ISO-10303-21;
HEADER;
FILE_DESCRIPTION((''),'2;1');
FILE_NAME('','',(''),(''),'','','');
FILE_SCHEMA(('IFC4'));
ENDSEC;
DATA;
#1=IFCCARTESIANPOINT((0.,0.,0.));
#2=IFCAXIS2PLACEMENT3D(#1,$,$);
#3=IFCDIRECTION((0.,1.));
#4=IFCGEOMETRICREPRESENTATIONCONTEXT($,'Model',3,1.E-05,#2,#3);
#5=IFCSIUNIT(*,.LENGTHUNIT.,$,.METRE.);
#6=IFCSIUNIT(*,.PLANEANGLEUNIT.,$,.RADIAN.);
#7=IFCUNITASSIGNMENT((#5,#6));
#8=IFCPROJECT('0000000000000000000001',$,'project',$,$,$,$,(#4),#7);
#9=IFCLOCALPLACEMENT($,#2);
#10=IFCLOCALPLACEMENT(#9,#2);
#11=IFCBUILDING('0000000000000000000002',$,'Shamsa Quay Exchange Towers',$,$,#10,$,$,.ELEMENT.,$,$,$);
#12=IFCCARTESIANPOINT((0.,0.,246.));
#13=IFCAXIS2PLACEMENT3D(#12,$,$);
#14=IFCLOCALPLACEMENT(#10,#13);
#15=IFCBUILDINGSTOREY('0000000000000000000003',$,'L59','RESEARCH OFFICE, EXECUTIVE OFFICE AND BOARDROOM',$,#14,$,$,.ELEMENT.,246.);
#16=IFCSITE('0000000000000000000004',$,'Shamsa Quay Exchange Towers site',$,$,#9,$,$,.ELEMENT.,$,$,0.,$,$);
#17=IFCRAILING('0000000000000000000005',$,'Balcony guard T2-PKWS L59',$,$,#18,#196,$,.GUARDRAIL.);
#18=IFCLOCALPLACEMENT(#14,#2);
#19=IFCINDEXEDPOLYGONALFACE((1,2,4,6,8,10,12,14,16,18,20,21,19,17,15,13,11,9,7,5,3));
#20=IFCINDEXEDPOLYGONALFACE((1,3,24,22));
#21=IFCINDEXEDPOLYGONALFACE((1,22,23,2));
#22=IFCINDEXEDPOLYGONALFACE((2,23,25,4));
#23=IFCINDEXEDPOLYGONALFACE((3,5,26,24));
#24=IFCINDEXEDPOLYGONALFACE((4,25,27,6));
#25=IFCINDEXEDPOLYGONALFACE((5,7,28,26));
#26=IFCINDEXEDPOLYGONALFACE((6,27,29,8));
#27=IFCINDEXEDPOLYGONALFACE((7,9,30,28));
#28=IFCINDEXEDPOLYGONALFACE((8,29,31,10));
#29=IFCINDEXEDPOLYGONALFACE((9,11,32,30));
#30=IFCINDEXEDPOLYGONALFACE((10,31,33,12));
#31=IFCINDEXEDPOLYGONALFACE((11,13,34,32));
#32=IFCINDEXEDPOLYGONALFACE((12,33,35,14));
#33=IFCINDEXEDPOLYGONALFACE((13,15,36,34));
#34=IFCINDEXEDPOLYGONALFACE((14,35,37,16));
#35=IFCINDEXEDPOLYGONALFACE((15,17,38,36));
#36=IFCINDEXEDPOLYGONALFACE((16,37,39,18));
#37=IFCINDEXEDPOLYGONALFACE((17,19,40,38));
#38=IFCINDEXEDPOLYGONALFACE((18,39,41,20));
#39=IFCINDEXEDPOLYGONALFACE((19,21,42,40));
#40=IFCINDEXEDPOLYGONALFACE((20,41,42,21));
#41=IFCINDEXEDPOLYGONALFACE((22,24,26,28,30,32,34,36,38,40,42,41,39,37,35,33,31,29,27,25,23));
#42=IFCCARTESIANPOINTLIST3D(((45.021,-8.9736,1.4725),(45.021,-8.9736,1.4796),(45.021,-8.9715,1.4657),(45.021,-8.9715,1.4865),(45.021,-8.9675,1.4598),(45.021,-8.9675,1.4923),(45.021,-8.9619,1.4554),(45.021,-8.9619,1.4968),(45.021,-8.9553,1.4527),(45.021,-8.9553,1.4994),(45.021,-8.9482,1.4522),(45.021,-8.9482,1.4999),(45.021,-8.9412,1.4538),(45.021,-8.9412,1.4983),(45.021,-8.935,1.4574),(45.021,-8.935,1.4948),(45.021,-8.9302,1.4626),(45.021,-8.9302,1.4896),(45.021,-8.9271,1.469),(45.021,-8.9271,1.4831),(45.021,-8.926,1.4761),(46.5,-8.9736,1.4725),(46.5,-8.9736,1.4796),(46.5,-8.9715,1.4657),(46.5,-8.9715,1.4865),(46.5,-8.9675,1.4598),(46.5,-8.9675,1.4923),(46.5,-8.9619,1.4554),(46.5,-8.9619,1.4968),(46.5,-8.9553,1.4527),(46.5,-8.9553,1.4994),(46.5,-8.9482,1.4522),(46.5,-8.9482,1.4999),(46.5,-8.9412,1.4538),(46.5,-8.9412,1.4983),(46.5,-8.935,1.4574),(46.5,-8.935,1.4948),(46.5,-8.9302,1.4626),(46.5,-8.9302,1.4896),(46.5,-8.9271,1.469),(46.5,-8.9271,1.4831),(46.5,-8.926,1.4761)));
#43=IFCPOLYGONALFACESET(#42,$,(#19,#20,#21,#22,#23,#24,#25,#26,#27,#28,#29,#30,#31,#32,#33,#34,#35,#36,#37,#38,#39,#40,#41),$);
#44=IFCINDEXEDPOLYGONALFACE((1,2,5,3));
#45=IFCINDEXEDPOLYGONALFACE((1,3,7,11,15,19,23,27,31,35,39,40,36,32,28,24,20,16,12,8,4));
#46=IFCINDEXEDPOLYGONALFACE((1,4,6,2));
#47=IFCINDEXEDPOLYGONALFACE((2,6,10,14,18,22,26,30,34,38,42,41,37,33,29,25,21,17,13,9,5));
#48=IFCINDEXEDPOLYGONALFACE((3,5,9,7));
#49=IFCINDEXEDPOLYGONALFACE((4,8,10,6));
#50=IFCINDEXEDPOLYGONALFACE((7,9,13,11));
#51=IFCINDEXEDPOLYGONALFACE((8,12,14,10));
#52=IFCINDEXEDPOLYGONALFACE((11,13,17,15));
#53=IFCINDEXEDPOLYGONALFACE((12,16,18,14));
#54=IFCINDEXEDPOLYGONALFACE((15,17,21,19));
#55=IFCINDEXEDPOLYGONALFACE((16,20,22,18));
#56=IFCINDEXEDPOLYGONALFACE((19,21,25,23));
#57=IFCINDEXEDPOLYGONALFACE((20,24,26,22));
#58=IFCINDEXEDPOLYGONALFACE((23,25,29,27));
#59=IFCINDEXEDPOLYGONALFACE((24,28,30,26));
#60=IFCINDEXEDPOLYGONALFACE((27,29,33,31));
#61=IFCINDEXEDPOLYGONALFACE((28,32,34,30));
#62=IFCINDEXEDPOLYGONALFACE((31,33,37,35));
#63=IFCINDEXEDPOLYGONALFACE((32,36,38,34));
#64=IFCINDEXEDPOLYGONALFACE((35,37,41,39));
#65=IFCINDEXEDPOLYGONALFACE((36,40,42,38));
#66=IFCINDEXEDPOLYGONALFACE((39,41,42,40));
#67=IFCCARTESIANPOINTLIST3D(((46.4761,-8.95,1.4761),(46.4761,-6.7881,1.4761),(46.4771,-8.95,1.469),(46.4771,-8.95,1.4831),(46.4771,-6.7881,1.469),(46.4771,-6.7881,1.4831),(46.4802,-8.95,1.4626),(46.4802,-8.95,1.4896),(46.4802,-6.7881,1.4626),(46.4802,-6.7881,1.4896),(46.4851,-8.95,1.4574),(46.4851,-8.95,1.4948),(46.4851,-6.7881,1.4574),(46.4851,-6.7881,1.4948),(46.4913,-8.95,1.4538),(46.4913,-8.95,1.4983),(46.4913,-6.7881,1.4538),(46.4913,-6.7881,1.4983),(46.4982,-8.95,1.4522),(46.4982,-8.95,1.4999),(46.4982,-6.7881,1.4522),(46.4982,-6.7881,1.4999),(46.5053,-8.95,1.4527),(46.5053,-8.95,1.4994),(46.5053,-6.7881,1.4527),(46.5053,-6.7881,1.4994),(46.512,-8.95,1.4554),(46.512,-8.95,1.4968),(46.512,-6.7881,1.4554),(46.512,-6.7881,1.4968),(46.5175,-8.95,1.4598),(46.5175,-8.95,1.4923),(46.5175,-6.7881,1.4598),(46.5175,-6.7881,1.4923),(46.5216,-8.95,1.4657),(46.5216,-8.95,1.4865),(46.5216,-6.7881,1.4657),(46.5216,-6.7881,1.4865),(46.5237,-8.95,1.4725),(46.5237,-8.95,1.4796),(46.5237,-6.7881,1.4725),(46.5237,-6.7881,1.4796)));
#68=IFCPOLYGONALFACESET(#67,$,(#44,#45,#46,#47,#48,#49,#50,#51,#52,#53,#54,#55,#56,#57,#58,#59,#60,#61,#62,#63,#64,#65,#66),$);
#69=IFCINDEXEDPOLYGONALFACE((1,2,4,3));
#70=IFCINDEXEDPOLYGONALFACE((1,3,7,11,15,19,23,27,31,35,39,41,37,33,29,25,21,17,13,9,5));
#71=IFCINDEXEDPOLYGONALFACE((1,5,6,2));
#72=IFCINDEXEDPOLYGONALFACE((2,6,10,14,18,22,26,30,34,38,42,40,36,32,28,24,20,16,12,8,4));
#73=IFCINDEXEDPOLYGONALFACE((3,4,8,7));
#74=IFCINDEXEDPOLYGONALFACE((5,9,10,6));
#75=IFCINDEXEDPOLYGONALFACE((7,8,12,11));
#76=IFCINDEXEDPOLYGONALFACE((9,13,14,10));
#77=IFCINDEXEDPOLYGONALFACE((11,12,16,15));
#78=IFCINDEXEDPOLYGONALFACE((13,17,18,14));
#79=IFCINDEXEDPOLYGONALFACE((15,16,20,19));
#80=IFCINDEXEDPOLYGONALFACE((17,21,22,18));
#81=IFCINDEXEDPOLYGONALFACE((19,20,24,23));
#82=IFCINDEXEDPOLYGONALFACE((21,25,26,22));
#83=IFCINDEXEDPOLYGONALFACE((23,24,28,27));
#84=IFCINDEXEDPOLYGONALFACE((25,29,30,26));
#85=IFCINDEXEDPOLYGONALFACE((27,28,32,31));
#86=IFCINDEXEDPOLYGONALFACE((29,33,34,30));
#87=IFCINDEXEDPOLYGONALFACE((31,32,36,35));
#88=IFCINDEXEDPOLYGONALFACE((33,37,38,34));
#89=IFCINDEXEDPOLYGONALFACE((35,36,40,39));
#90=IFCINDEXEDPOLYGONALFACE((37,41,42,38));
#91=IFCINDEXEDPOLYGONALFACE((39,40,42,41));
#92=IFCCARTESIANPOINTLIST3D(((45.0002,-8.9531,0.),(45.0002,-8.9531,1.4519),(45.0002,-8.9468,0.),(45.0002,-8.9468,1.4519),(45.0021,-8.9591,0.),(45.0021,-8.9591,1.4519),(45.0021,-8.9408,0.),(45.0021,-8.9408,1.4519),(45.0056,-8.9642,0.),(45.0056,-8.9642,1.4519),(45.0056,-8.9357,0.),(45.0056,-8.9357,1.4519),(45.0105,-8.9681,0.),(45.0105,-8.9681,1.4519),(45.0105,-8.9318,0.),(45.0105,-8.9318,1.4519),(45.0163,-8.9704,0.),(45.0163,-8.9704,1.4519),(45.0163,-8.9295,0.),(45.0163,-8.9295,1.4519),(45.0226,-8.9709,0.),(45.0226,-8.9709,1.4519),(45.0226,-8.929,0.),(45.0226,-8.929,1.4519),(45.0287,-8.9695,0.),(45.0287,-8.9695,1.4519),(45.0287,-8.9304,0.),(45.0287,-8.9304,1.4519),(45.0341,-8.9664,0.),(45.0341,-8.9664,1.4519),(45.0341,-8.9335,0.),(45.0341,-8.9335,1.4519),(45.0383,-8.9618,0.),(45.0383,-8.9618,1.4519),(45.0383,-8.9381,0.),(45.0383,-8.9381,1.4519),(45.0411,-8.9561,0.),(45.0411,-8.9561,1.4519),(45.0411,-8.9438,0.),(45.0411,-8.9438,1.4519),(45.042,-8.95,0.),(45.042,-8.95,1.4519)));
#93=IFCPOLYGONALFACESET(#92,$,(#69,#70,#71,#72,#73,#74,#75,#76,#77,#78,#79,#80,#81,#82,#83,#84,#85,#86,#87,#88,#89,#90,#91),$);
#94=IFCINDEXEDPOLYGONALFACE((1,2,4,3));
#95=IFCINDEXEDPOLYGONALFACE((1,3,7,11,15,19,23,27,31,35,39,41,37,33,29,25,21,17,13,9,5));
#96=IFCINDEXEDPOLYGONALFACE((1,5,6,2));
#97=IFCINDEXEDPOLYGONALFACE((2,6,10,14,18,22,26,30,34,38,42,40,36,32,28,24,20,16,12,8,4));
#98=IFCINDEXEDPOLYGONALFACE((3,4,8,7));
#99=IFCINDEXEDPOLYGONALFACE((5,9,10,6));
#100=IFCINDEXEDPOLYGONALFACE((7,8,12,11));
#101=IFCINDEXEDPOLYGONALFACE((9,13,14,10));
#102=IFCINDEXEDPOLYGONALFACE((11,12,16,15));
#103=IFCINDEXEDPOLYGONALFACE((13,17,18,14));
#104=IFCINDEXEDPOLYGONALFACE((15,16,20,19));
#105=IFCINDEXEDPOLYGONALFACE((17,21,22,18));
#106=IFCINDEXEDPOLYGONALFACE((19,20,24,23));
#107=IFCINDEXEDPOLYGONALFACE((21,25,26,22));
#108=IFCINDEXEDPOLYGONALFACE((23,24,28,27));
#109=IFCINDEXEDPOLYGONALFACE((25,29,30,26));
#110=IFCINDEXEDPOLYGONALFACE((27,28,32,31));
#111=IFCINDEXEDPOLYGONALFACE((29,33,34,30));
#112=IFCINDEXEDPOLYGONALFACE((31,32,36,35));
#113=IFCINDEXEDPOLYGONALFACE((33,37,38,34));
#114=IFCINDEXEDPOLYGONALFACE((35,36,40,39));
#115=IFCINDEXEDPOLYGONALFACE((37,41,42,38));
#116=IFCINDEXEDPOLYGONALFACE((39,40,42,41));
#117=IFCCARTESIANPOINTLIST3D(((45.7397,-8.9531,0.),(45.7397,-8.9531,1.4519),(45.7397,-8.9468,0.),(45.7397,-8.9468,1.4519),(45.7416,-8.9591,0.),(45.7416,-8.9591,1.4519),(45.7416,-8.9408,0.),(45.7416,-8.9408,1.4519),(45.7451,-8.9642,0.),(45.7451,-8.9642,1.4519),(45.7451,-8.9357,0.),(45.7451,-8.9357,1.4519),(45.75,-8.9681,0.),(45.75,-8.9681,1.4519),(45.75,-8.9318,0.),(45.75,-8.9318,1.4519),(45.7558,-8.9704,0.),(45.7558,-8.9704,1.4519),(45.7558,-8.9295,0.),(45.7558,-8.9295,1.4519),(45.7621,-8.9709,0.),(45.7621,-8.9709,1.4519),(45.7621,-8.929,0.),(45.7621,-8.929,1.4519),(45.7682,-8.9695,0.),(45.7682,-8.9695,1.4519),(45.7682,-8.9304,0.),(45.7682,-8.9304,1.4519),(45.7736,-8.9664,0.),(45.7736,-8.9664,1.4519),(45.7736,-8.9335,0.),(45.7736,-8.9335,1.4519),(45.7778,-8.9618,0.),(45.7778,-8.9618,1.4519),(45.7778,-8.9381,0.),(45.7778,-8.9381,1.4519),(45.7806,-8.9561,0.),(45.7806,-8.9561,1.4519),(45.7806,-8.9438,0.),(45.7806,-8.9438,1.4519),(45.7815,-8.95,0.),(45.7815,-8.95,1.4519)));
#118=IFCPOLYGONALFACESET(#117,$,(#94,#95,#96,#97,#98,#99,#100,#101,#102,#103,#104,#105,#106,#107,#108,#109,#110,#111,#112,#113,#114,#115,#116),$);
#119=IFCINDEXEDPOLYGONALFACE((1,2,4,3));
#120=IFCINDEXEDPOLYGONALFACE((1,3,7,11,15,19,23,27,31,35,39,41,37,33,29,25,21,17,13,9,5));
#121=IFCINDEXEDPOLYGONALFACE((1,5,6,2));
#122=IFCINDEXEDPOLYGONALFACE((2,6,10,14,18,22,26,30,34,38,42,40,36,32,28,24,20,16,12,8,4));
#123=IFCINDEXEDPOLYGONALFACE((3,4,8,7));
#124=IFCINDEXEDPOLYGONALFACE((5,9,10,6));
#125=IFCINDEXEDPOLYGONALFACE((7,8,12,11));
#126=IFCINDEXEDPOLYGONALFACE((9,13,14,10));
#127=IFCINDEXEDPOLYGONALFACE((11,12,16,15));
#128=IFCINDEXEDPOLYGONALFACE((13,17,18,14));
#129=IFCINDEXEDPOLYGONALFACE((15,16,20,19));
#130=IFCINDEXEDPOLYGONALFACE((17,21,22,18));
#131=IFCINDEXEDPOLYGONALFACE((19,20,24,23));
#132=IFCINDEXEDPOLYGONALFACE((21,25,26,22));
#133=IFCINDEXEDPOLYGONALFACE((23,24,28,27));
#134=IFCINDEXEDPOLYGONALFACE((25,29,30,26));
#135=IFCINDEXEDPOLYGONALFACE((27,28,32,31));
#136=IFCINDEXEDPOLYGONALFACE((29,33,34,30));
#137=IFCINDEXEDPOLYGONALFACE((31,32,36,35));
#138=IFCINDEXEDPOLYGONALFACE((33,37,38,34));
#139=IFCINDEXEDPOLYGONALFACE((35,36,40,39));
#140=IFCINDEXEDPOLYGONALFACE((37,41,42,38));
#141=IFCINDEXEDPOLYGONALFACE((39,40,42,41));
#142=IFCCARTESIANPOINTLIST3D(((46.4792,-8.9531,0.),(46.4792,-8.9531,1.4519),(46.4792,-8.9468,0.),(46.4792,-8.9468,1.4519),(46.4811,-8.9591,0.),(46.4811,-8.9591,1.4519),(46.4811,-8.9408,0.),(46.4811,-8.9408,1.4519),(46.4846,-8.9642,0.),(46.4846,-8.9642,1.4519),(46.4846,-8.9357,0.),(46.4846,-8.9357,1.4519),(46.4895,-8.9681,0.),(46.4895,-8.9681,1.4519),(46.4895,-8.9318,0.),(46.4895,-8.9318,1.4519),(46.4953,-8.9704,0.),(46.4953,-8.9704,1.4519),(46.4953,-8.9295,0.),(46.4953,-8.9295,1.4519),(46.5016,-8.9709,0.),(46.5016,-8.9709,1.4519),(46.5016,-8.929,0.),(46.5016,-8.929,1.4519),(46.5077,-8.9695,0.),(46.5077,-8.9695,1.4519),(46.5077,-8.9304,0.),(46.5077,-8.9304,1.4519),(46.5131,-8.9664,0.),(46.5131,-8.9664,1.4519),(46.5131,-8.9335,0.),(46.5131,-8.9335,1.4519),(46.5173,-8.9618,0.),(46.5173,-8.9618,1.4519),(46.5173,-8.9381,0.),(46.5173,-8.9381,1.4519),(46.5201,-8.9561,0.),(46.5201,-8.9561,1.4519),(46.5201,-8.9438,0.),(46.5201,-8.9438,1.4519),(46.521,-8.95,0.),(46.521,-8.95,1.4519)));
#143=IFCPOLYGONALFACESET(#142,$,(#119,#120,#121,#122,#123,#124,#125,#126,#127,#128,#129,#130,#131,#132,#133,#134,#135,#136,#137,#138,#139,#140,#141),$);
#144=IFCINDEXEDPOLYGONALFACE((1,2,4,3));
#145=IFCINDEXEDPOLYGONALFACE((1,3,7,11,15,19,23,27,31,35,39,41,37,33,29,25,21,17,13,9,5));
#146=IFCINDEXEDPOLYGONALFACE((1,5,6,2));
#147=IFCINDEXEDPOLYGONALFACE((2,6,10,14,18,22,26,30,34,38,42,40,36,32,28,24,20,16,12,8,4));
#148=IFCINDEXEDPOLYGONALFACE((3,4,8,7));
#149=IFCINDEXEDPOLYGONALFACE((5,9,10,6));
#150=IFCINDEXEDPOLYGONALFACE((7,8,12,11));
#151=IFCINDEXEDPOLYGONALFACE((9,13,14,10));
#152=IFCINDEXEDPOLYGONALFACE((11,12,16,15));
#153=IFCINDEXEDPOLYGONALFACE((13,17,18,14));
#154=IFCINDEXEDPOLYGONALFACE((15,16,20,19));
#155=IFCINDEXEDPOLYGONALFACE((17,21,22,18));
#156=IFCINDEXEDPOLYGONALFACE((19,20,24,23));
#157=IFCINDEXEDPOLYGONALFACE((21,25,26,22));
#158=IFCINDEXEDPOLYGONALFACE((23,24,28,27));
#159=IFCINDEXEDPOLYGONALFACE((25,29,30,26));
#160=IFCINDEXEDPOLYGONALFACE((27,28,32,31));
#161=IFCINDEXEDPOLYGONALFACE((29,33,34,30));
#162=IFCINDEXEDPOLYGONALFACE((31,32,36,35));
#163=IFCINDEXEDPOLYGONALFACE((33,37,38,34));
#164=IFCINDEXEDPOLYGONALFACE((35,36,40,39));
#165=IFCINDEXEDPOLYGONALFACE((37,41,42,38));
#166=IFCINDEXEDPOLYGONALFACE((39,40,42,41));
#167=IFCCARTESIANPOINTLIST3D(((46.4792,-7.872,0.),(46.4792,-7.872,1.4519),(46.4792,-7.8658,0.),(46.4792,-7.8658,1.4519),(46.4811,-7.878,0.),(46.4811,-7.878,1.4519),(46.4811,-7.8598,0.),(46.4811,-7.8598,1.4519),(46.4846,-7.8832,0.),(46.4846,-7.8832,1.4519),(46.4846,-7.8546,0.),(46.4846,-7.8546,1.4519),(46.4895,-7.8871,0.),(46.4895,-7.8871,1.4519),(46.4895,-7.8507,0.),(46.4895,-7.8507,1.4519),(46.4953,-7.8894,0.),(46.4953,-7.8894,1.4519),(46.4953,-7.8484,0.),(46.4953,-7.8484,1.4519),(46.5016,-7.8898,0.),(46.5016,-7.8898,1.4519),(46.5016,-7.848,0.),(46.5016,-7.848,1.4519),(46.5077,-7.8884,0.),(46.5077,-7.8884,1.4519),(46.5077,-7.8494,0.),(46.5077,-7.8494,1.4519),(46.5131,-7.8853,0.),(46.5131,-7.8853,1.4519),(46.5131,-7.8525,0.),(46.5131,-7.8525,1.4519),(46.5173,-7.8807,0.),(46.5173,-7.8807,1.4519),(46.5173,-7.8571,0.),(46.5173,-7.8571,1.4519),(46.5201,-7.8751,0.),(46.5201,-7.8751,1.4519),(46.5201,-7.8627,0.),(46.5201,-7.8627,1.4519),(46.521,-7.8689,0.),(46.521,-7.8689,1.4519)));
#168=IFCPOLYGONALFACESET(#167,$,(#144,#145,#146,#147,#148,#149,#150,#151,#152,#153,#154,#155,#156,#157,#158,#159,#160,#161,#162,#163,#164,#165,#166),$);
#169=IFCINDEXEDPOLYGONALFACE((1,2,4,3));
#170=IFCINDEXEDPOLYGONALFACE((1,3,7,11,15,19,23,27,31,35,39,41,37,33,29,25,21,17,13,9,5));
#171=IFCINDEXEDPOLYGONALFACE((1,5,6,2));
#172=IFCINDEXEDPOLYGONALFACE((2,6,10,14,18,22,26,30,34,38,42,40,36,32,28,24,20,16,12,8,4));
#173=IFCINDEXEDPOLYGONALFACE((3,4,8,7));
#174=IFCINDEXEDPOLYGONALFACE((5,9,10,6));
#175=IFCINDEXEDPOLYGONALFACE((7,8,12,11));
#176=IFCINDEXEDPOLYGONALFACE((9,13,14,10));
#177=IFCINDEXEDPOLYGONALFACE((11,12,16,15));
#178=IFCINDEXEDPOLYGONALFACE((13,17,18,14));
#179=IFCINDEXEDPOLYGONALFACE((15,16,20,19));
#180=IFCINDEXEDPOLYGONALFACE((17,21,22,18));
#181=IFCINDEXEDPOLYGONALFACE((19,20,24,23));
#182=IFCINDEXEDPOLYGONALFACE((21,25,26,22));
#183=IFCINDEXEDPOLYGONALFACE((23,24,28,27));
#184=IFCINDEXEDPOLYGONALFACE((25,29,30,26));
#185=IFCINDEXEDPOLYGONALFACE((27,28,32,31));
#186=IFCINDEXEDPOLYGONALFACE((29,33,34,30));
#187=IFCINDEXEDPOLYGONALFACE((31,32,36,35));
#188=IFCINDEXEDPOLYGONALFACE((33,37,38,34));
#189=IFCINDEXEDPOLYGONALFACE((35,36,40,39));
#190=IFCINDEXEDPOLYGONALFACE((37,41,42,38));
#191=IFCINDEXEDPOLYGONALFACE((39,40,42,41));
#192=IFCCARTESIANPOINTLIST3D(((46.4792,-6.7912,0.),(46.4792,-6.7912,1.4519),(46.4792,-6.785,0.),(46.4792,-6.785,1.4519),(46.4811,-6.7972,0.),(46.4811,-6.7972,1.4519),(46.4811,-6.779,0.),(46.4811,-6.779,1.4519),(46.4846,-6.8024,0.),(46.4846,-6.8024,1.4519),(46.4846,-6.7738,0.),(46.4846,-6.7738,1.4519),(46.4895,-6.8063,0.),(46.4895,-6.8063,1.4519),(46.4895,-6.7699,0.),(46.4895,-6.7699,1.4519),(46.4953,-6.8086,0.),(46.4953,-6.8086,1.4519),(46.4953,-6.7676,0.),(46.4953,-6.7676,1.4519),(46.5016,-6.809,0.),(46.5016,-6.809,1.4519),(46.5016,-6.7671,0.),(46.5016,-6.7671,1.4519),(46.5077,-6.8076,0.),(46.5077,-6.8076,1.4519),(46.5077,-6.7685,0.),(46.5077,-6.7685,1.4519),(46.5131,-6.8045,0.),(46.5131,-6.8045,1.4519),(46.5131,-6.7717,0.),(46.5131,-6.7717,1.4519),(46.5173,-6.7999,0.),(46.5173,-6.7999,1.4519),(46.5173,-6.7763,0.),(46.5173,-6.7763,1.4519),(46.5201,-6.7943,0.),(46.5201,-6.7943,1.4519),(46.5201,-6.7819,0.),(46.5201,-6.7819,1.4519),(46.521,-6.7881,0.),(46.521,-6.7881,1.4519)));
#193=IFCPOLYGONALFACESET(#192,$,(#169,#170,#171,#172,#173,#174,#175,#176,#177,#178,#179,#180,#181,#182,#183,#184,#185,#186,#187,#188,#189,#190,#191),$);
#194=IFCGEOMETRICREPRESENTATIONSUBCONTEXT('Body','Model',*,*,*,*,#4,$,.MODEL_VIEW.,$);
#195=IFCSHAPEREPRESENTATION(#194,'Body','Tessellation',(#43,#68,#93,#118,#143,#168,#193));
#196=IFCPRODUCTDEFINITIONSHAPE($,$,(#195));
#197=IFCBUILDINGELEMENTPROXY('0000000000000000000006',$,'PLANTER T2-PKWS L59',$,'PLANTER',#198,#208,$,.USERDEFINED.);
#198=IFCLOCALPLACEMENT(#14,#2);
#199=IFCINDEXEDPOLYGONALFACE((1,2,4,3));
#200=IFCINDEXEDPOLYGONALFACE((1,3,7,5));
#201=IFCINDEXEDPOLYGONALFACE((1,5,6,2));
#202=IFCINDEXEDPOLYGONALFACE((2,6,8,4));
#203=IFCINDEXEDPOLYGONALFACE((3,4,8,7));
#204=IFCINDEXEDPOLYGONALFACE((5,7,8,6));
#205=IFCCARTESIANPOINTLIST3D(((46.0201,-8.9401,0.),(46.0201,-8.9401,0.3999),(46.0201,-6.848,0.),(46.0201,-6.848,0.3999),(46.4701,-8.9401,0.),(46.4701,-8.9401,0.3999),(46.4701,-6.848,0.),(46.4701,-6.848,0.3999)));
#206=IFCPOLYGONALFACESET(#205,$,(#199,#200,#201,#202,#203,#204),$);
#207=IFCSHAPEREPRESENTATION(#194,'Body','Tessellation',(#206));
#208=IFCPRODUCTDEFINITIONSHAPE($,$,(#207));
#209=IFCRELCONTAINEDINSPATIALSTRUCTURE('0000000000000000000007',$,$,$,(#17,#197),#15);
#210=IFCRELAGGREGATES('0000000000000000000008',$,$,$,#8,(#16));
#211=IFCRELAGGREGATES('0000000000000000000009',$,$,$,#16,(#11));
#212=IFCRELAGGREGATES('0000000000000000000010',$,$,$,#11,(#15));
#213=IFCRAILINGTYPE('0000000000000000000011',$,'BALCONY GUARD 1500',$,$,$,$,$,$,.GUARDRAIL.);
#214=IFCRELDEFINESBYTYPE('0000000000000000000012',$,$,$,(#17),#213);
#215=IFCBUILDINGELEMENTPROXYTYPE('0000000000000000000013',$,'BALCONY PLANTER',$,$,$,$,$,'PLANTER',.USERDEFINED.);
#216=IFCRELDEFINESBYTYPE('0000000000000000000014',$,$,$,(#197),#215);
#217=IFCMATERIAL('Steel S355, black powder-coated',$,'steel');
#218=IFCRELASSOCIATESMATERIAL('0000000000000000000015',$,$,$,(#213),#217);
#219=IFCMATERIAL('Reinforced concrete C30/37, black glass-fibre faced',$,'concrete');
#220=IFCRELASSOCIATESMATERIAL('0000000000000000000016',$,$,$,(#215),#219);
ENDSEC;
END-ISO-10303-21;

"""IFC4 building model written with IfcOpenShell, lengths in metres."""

from ifc_helpers import new_model, si_unit, direction, frame, origin, origin_2d, place, context, subcontext, project, spatial, rectangle, circle, extrude, material, type_object, element, save


model = new_model("IFC4")

# Units and contexts
model_context = context("Model", 3, precision=1e-05, world=origin(), true_north=direction((0.0, 1.0)))
body_context = subcontext(model_context, "Body", "Model", "MODEL_VIEW")
ifc_project = project(units=[si_unit("LENGTHUNIT", "METRE"), si_unit("PLANEANGLEUNIT", "RADIAN")], contexts=[model_context])

# Site, building, storey
site_placement = place(None, origin())
site = spatial("IfcSite", under=ifc_project, at=site_placement, Name="Shamsa Quay Exchange Towers site", CompositionType="ELEMENT", RefElevation=0.0)
building_placement = place(site_placement, origin())
building = spatial("IfcBuilding", under=site, at=building_placement, Name="Shamsa Quay Exchange Towers", CompositionType="ELEMENT")
storey_placement = place(building_placement, frame((0.0, 0.0, 246.0)))
storey = spatial("IfcBuildingStorey", under=building, at=storey_placement, Name="L59", Description="RESEARCH OFFICE, EXECUTIVE OFFICE AND BOARDROOM", CompositionType="ELEMENT", Elevation=246.0)

# Railing
ifc_material_1 = material(Name="Steel S355, black powder-coated", Category="steel")
railing_type_1 = type_object("IfcRailingType", Name="BALCONY GUARD 1500", PredefinedType="GUARDRAIL", material=ifc_material_1)
railing_1_placement = place(storey_placement, frame((45.021, -8.95, 0.0)))
element("IfcRailing", 1, at=railing_1_placement, inside=storey, type_object=railing_type_1, Name="Balcony guard T2-PKWS L59", PredefinedType="GUARDRAIL", context=body_context, shape_type="SweptSolid", body=[
    extrude(circle(Radius=0.0239, at=origin_2d()), frame((0.0, 0.0, 1.4761), z_axis=(1.0, 0.0, 0.0), x_axis=(0.0, 1.0, 0.0)), (0.0, 0.0, 1.0), 1.479),
    extrude(circle(Radius=0.0239, at=origin_2d()), frame((1.479, 0.0, 1.4761), z_axis=(0.0, 1.0, 0.0), x_axis=(-1.0, 0.0, 0.0)), (0.0, 0.0, 1.0), 2.1619),
    extrude(circle(Radius=0.021, at=origin_2d()), origin(), (0.0, 0.0, 1.0), 1.4519),
    extrude(circle(Radius=0.021, at=origin_2d()), frame((0.7395, 0.0, 0.0)), (0.0, 0.0, 1.0), 1.4519),
    extrude(circle(Radius=0.021, at=origin_2d()), frame((1.479, 0.0, 0.0)), (0.0, 0.0, 1.0), 1.4519),
    extrude(circle(Radius=0.021, at=origin_2d()), frame((1.479, 1.0811, 0.0)), (0.0, 0.0, 1.0), 1.4519),
    extrude(circle(Radius=0.021, at=origin_2d()), frame((1.479, 2.1619, 0.0)), (0.0, 0.0, 1.0), 1.4519),
])

# Building element proxy
ifc_material_2 = material(Name="Reinforced concrete C30/37, black glass-fibre faced", Category="concrete")
building_element_proxy_type = type_object("IfcBuildingElementProxyType", Name="BALCONY PLANTER", ElementType="PLANTER", PredefinedType="USERDEFINED", material=ifc_material_2)
proxy_placement = place(storey_placement, frame((46.2451, -7.894, 0.0), z_axis=(0.0, 0.0, 1.0), x_axis=(0.0, 1.0, 0.0)))
element("IfcBuildingElementProxy", 2, at=proxy_placement, inside=storey, type_object=building_element_proxy_type, Name="PLANTER T2-PKWS L59", ObjectType="PLANTER", PredefinedType="USERDEFINED", context=body_context, shape_type="SweptSolid", body=[
    extrude(rectangle(XDim=2.092, YDim=0.45, at=origin_2d()), origin(), (0.0, 0.0, 1.0), 0.3999),
])

save(model, "model.ifc")
